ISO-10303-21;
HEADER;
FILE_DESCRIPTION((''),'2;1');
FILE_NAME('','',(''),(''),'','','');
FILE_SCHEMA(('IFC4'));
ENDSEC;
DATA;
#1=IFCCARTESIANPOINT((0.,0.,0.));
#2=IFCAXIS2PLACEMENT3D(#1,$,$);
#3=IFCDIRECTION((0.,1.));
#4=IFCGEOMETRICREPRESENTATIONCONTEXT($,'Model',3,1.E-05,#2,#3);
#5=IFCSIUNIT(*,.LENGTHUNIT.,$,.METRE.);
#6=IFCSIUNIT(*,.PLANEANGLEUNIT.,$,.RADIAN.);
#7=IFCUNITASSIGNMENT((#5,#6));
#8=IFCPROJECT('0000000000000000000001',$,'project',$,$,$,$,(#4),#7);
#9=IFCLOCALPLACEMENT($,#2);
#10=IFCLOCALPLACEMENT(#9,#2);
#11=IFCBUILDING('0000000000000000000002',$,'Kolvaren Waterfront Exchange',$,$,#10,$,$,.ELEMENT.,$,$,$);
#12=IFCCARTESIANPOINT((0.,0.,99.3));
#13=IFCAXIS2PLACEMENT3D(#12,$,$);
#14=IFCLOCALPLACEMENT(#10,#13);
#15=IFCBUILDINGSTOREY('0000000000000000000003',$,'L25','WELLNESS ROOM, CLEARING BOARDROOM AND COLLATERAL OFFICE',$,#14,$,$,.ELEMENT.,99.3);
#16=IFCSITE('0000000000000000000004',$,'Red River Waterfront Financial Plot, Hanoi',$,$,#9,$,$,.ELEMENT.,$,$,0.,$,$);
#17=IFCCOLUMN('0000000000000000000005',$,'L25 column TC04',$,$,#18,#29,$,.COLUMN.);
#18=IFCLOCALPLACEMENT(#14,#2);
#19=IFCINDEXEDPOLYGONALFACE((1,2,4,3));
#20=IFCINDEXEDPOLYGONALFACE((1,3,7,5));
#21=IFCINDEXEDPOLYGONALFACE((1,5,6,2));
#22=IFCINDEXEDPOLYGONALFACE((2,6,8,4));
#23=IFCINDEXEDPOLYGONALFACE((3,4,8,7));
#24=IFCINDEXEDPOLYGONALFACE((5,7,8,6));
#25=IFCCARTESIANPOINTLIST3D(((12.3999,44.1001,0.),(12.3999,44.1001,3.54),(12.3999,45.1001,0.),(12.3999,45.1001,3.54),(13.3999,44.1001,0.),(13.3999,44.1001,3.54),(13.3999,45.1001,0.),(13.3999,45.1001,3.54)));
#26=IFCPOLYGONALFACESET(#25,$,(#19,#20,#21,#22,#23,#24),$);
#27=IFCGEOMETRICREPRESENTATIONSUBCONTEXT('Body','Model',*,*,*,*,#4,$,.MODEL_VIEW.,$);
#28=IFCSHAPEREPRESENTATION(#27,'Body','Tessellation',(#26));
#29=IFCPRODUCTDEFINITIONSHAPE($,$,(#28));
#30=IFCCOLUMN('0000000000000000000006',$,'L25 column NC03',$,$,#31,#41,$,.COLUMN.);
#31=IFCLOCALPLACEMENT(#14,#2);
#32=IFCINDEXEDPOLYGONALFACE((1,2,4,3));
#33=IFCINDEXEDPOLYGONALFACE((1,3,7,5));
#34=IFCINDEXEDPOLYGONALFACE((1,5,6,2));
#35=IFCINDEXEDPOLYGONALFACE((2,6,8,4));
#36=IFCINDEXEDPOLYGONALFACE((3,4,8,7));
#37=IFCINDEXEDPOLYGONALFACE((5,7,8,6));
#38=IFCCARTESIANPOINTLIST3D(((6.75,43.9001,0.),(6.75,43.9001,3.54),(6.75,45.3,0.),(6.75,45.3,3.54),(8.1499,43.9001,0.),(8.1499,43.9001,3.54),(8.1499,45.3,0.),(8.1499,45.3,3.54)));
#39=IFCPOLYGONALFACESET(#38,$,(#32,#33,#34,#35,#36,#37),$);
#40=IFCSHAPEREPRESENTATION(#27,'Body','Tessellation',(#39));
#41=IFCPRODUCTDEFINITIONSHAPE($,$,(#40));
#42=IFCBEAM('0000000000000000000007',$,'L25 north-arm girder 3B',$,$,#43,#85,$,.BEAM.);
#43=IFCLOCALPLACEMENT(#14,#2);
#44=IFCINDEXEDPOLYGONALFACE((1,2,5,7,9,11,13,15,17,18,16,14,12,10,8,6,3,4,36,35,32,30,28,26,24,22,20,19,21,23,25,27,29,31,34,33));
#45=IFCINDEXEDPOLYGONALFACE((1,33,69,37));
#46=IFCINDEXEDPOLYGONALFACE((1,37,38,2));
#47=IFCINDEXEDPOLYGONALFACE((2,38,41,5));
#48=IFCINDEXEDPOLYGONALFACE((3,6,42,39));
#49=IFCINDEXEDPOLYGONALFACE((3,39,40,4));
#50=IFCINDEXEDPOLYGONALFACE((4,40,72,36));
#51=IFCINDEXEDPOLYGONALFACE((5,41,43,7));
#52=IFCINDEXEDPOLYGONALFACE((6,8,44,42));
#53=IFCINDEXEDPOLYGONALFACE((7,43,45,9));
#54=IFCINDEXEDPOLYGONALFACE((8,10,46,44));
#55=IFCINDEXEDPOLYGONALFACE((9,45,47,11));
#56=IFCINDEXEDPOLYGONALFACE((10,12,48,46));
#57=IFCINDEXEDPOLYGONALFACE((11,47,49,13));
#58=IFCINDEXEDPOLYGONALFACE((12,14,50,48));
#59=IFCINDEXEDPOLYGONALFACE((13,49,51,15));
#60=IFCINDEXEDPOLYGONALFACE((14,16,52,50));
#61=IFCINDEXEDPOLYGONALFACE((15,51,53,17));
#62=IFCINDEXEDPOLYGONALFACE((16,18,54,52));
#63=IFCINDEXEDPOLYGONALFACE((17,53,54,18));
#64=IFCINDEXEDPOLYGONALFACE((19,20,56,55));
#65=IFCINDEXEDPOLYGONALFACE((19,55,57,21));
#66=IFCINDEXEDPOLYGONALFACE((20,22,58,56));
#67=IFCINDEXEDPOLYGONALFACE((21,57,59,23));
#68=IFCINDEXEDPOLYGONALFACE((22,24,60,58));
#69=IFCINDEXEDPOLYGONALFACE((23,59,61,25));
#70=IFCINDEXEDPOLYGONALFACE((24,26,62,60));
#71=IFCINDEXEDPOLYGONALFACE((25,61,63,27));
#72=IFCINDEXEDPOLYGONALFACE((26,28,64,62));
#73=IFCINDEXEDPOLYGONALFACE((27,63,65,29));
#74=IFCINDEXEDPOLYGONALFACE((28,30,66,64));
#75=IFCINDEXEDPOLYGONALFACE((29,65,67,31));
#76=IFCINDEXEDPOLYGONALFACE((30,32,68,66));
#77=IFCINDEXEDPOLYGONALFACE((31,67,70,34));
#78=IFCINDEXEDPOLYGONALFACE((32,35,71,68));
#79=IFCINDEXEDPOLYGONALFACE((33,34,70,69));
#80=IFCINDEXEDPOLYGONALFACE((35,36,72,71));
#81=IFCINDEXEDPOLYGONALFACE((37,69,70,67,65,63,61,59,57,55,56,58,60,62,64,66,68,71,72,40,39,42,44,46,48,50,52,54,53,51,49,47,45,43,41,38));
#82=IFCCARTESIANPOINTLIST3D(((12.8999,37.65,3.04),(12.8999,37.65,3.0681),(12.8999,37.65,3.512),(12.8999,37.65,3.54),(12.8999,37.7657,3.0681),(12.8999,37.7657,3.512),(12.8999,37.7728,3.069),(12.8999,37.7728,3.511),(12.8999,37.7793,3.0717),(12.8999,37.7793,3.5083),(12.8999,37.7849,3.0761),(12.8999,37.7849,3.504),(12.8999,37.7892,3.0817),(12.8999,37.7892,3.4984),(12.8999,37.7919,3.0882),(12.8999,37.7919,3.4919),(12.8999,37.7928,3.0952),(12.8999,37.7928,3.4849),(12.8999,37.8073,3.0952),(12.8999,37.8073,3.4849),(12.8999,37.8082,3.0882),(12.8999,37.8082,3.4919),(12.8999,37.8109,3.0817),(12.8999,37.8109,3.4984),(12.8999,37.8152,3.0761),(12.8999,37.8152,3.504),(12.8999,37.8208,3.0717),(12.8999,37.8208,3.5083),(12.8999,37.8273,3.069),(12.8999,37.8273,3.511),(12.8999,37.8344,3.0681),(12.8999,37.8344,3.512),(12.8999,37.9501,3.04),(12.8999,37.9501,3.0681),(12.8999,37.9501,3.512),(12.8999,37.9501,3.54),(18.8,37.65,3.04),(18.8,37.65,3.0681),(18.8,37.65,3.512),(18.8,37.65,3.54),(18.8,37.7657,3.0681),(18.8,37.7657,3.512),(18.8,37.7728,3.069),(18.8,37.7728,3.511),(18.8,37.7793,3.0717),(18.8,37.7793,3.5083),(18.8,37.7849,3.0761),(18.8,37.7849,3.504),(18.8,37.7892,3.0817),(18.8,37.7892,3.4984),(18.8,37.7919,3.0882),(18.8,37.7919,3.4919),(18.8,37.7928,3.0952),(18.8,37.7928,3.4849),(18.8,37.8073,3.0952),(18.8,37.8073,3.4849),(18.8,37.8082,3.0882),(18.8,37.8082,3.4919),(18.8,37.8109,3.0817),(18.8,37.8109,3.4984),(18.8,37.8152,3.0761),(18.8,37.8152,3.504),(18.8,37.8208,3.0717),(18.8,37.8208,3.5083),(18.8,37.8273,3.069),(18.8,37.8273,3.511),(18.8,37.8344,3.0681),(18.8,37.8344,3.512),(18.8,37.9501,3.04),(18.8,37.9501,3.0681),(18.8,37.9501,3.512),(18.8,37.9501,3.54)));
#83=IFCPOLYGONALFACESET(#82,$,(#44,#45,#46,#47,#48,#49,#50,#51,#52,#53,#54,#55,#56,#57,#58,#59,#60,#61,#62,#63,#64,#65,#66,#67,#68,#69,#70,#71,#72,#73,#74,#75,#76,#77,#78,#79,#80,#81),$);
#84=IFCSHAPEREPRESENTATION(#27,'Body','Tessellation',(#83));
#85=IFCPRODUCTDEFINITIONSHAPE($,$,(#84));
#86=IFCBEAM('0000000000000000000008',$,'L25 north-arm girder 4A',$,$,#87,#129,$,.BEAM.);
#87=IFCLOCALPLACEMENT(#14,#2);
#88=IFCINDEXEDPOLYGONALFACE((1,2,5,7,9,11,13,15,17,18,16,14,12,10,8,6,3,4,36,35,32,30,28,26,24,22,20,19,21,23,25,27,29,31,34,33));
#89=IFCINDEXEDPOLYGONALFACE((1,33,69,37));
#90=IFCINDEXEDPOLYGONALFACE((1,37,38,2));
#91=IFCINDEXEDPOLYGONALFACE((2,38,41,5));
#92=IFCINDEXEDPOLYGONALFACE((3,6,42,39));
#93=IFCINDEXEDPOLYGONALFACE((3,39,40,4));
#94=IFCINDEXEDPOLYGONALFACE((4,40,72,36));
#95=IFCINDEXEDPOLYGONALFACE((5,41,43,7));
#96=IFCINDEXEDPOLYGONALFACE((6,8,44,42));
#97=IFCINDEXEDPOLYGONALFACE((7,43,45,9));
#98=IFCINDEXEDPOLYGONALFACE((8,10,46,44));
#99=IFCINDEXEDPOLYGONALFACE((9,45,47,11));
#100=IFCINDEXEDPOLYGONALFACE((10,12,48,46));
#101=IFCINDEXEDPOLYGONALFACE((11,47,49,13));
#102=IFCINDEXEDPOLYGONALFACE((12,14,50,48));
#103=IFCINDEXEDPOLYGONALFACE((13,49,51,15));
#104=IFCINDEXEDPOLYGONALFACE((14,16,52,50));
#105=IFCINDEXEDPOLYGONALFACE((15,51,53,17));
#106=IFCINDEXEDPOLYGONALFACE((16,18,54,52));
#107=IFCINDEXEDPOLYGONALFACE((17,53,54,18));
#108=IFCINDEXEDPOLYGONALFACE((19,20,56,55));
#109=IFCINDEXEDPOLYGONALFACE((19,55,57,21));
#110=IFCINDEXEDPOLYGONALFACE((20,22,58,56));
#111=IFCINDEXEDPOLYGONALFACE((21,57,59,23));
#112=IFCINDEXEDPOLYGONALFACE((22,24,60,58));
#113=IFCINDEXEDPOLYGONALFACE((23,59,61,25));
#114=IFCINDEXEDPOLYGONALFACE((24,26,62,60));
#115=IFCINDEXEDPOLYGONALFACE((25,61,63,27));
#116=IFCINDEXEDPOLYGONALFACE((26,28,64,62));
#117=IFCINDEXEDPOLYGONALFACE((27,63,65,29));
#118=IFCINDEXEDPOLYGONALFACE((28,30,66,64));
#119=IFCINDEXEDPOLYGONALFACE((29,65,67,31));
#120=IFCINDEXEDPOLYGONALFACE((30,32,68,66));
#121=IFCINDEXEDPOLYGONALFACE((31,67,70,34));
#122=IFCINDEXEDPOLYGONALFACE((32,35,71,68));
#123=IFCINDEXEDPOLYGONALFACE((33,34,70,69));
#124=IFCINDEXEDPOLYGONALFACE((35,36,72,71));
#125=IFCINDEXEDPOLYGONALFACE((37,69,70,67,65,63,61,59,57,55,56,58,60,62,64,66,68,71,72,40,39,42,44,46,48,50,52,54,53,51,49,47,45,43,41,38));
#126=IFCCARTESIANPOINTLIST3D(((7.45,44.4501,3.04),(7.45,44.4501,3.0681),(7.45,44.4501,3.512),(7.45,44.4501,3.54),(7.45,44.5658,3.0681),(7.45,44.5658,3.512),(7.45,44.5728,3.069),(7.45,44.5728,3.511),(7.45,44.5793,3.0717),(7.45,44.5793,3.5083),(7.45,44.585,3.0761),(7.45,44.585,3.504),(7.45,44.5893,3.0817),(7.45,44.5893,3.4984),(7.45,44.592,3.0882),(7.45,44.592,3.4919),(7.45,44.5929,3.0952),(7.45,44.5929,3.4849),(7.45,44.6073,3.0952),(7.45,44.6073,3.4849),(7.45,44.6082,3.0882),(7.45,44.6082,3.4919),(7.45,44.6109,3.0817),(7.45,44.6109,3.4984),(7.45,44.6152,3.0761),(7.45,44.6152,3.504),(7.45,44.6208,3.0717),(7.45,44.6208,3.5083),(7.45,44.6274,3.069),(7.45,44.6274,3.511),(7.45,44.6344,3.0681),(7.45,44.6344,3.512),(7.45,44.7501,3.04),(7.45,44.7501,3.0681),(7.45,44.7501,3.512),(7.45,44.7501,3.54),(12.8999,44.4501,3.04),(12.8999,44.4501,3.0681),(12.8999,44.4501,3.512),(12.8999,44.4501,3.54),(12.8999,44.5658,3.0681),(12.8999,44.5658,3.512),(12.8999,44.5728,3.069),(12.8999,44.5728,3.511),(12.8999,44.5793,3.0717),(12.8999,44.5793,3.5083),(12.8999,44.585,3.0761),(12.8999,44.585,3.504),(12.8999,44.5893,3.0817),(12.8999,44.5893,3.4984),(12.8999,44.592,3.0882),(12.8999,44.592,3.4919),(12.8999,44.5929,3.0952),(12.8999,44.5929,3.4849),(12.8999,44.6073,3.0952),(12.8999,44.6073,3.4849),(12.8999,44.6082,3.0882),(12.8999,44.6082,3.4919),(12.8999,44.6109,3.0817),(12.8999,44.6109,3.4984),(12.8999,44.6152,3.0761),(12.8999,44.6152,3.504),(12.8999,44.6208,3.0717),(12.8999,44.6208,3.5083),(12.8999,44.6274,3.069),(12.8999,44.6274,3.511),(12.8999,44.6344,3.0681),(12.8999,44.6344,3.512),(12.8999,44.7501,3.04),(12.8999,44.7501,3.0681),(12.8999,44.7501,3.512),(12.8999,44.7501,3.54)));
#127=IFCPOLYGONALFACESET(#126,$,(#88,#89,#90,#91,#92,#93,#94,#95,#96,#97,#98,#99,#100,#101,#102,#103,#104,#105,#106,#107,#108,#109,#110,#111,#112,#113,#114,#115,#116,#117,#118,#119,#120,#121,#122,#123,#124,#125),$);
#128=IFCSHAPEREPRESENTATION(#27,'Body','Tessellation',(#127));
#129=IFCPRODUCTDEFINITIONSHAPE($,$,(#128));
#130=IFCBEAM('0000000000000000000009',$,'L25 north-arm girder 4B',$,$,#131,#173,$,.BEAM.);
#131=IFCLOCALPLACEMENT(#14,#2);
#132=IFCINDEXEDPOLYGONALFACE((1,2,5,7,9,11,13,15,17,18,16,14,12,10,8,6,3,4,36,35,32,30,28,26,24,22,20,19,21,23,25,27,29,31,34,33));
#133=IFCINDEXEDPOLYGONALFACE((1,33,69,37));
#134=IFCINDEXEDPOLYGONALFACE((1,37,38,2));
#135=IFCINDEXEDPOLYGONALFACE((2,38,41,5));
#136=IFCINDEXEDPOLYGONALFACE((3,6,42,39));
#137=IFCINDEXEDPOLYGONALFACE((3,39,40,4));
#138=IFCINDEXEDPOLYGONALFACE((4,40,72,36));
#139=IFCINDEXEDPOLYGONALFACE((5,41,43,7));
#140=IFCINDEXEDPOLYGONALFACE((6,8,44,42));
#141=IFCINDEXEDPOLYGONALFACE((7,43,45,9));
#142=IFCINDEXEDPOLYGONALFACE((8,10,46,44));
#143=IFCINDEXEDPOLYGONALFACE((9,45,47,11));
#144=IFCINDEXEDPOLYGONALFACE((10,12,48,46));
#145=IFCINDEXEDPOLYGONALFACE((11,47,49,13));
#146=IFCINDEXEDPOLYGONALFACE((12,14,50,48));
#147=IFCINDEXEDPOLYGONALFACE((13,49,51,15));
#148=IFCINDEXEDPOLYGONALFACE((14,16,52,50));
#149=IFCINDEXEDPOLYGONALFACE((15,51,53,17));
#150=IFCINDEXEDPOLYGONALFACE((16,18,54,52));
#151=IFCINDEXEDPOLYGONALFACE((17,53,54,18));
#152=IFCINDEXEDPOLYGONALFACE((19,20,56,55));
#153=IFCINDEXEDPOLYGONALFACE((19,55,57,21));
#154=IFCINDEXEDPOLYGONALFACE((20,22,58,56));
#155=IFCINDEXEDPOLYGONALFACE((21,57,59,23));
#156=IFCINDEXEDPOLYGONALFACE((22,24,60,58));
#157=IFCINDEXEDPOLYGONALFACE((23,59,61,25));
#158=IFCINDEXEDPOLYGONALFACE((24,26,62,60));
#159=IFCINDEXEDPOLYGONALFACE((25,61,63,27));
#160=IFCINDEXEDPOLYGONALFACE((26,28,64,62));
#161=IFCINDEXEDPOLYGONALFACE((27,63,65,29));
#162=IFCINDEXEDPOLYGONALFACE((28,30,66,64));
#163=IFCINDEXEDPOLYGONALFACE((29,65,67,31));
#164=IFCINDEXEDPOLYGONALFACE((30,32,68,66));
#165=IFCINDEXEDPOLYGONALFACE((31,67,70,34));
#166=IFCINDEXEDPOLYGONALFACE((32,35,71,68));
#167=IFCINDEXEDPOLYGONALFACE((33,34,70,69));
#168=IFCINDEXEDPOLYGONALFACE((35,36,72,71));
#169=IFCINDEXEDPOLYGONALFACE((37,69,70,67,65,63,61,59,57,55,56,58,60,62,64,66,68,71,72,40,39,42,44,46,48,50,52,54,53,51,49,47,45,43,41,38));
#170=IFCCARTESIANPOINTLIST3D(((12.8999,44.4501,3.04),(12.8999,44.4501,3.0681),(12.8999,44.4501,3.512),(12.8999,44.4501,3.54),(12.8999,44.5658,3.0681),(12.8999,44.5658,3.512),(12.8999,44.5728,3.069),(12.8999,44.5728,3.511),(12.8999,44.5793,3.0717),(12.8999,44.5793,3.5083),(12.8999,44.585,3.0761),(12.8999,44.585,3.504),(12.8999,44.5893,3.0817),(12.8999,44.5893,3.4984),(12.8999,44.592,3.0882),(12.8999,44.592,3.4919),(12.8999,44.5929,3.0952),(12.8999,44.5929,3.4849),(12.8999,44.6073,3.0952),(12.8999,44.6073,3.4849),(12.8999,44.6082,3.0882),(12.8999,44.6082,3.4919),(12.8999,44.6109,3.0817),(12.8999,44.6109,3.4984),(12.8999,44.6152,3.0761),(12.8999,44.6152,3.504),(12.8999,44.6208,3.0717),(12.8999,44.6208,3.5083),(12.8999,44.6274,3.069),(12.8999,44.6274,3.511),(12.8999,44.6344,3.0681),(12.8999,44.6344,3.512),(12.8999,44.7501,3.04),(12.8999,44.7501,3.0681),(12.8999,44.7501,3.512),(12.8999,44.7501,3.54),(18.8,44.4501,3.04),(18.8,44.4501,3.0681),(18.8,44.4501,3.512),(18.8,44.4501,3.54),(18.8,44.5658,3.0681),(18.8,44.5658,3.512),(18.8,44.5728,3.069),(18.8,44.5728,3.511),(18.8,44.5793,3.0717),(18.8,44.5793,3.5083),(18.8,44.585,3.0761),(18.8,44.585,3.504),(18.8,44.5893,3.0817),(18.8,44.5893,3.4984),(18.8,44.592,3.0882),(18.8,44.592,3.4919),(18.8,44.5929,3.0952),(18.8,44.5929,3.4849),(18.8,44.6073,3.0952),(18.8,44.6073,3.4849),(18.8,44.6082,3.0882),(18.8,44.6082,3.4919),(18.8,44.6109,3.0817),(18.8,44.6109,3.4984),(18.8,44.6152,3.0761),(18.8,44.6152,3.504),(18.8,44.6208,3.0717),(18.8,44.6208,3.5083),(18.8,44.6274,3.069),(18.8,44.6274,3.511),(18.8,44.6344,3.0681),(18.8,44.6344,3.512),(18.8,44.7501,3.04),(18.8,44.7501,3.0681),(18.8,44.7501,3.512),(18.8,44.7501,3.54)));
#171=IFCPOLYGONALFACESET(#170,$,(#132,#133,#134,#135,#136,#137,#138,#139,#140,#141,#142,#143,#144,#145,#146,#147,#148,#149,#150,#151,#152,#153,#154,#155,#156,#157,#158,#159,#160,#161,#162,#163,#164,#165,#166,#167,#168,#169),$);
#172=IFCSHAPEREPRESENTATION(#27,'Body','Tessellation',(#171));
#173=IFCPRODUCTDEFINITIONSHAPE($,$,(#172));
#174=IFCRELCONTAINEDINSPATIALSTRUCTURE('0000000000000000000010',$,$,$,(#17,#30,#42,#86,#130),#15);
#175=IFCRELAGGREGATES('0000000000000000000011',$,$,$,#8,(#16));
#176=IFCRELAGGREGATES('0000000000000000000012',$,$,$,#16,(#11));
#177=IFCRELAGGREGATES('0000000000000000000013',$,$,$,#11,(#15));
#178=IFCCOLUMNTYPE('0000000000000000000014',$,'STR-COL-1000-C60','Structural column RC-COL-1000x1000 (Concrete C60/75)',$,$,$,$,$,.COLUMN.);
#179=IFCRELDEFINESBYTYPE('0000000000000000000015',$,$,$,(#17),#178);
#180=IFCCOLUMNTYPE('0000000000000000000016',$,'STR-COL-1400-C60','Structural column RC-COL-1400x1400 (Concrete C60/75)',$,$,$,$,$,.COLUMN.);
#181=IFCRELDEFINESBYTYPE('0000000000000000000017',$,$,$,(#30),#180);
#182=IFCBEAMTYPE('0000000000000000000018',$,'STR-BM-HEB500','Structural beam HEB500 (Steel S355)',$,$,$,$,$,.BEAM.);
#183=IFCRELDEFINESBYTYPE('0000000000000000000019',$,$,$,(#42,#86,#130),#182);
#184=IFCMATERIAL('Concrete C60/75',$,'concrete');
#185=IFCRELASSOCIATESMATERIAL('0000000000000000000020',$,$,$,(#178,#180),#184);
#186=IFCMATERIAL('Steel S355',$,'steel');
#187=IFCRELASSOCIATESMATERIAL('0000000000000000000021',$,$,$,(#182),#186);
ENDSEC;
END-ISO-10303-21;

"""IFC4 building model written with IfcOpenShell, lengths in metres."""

from ifc_helpers import new_model, si_unit, direction, frame, origin, origin_2d, place, context, subcontext, project, spatial, rectangle, i_section, extrude, material, material_profile, profile_set, type_object, element, save


model = new_model("IFC4")

# Units and contexts
model_context = context("Model", 3, precision=1e-05, world=origin(), true_north=direction((0.0, 1.0)))
body_context = subcontext(model_context, "Body", "Model", "MODEL_VIEW")
ifc_project = project(units=[si_unit("LENGTHUNIT", "METRE"), si_unit("PLANEANGLEUNIT", "RADIAN")], contexts=[model_context])

# Site, building, storey
site_placement = place(None, origin())
site = spatial("IfcSite", under=ifc_project, at=site_placement, Name="Red River Waterfront Financial Plot, Hanoi", CompositionType="ELEMENT", RefElevation=0.0)
building_placement = place(site_placement, origin())
building = spatial("IfcBuilding", under=site, at=building_placement, Name="Kolvaren Waterfront Exchange", CompositionType="ELEMENT")
storey_placement = place(building_placement, frame((0.0, 0.0, 99.3)))
storey = spatial("IfcBuildingStorey", under=building, at=storey_placement, Name="L25", Description="WELLNESS ROOM, CLEARING BOARDROOM AND COLLATERAL OFFICE", CompositionType="ELEMENT", Elevation=99.3)

# Columns
ifc_material_1 = material(Name="Concrete C60/75", Category="concrete")
ifc_material_profile_1 = material_profile(ifc_material_1, rectangle(XDim=1.0, YDim=1.0, at=origin_2d()), Name="RC-COL-1000x1000")
ifc_profile_set_1 = profile_set([ifc_material_profile_1], Name="Concrete C60/75")
column_type_1 = type_object("IfcColumnType", Name="STR-COL-1000-C60", Description="Structural column RC-COL-1000x1000 (Concrete C60/75)", PredefinedType="COLUMN", material=ifc_profile_set_1)
column_1_placement = place(storey_placement, frame((12.8999, 44.6001, 0.0), z_axis=(0.0, 0.0, 1.0), x_axis=(1.0, 0.0, 0.0)))
element("IfcColumn", 1, at=column_1_placement, inside=storey, type_object=column_type_1, Name="L25 column TC04", PredefinedType="COLUMN", context=body_context, shape_type="SweptSolid", body=[
    extrude(rectangle(XDim=1.0, YDim=1.0, at=origin_2d()), origin(), (0.0, 0.0, 1.0), 3.54),
])
ifc_material_profile_2 = material_profile(ifc_material_1, rectangle(XDim=1.3999, YDim=1.3999, at=origin_2d()), Name="RC-COL-1400x1400")
ifc_profile_set_2 = profile_set([ifc_material_profile_2], Name="Concrete C60/75")
column_type_2 = type_object("IfcColumnType", Name="STR-COL-1400-C60", Description="Structural column RC-COL-1400x1400 (Concrete C60/75)", PredefinedType="COLUMN", material=ifc_profile_set_2)
column_2_placement = place(storey_placement, frame((7.45, 44.6001, 0.0), z_axis=(0.0, 0.0, 1.0), x_axis=(1.0, 0.0, 0.0)))
element("IfcColumn", 2, at=column_2_placement, inside=storey, type_object=column_type_2, Name="L25 column NC03", PredefinedType="COLUMN", context=body_context, shape_type="SweptSolid", body=[
    extrude(rectangle(XDim=1.3999, YDim=1.3999, at=origin_2d()), origin(), (0.0, 0.0, 1.0), 3.54),
])

# Beams
ifc_material_2 = material(Name="Steel S355", Category="steel")
ifc_material_profile_3 = material_profile(ifc_material_2, i_section(OverallWidth=0.3, OverallDepth=0.5, WebThickness=0.0144, FlangeThickness=0.0281, FilletRadius=0.0271, at=origin_2d()), Name="HEB500")
ifc_profile_set_3 = profile_set([ifc_material_profile_3], Name="Steel S355")
beam_type_1 = type_object("IfcBeamType", Name="STR-BM-HEB500", Description="Structural beam HEB500 (Steel S355)", PredefinedType="BEAM", material=ifc_profile_set_3)
beam_1_placement = place(storey_placement, frame((12.8999, 37.8, 3.29), z_axis=(1.0, 0.0, 0.0), x_axis=(0.0, 1.0, 0.0)))
element("IfcBeam", 3, at=beam_1_placement, inside=storey, type_object=beam_type_1, Name="L25 north-arm girder 3B", PredefinedType="BEAM", context=body_context, shape_type="SweptSolid", body=[
    extrude(i_section(OverallWidth=0.3, OverallDepth=0.5, WebThickness=0.0144, FlangeThickness=0.0281, FilletRadius=0.0271, at=origin_2d()), origin(), (0.0, 0.0, 1.0), 5.9001),
])
beam_2_placement = place(storey_placement, frame((7.45, 44.6001, 3.29), z_axis=(1.0, 0.0, 0.0), x_axis=(0.0, 1.0, 0.0)))
element("IfcBeam", 4, at=beam_2_placement, inside=storey, type_object=beam_type_1, Name="L25 north-arm girder 4A", PredefinedType="BEAM", context=body_context, shape_type="SweptSolid", body=[
    extrude(i_section(OverallWidth=0.3, OverallDepth=0.5, WebThickness=0.0144, FlangeThickness=0.0281, FilletRadius=0.0271, at=origin_2d()), origin(), (0.0, 0.0, 1.0), 5.45),
])
beam_3_placement = place(storey_placement, frame((12.8999, 44.6001, 3.29), z_axis=(1.0, 0.0, 0.0), x_axis=(0.0, 1.0, 0.0)))
element("IfcBeam", 5, at=beam_3_placement, inside=storey, type_object=beam_type_1, Name="L25 north-arm girder 4B", PredefinedType="BEAM", context=body_context, shape_type="SweptSolid", body=[
    extrude(i_section(OverallWidth=0.3, OverallDepth=0.5, WebThickness=0.0144, FlangeThickness=0.0281, FilletRadius=0.0271, at=origin_2d()), origin(), (0.0, 0.0, 1.0), 5.9001),
])

save(model, "model.ifc")
